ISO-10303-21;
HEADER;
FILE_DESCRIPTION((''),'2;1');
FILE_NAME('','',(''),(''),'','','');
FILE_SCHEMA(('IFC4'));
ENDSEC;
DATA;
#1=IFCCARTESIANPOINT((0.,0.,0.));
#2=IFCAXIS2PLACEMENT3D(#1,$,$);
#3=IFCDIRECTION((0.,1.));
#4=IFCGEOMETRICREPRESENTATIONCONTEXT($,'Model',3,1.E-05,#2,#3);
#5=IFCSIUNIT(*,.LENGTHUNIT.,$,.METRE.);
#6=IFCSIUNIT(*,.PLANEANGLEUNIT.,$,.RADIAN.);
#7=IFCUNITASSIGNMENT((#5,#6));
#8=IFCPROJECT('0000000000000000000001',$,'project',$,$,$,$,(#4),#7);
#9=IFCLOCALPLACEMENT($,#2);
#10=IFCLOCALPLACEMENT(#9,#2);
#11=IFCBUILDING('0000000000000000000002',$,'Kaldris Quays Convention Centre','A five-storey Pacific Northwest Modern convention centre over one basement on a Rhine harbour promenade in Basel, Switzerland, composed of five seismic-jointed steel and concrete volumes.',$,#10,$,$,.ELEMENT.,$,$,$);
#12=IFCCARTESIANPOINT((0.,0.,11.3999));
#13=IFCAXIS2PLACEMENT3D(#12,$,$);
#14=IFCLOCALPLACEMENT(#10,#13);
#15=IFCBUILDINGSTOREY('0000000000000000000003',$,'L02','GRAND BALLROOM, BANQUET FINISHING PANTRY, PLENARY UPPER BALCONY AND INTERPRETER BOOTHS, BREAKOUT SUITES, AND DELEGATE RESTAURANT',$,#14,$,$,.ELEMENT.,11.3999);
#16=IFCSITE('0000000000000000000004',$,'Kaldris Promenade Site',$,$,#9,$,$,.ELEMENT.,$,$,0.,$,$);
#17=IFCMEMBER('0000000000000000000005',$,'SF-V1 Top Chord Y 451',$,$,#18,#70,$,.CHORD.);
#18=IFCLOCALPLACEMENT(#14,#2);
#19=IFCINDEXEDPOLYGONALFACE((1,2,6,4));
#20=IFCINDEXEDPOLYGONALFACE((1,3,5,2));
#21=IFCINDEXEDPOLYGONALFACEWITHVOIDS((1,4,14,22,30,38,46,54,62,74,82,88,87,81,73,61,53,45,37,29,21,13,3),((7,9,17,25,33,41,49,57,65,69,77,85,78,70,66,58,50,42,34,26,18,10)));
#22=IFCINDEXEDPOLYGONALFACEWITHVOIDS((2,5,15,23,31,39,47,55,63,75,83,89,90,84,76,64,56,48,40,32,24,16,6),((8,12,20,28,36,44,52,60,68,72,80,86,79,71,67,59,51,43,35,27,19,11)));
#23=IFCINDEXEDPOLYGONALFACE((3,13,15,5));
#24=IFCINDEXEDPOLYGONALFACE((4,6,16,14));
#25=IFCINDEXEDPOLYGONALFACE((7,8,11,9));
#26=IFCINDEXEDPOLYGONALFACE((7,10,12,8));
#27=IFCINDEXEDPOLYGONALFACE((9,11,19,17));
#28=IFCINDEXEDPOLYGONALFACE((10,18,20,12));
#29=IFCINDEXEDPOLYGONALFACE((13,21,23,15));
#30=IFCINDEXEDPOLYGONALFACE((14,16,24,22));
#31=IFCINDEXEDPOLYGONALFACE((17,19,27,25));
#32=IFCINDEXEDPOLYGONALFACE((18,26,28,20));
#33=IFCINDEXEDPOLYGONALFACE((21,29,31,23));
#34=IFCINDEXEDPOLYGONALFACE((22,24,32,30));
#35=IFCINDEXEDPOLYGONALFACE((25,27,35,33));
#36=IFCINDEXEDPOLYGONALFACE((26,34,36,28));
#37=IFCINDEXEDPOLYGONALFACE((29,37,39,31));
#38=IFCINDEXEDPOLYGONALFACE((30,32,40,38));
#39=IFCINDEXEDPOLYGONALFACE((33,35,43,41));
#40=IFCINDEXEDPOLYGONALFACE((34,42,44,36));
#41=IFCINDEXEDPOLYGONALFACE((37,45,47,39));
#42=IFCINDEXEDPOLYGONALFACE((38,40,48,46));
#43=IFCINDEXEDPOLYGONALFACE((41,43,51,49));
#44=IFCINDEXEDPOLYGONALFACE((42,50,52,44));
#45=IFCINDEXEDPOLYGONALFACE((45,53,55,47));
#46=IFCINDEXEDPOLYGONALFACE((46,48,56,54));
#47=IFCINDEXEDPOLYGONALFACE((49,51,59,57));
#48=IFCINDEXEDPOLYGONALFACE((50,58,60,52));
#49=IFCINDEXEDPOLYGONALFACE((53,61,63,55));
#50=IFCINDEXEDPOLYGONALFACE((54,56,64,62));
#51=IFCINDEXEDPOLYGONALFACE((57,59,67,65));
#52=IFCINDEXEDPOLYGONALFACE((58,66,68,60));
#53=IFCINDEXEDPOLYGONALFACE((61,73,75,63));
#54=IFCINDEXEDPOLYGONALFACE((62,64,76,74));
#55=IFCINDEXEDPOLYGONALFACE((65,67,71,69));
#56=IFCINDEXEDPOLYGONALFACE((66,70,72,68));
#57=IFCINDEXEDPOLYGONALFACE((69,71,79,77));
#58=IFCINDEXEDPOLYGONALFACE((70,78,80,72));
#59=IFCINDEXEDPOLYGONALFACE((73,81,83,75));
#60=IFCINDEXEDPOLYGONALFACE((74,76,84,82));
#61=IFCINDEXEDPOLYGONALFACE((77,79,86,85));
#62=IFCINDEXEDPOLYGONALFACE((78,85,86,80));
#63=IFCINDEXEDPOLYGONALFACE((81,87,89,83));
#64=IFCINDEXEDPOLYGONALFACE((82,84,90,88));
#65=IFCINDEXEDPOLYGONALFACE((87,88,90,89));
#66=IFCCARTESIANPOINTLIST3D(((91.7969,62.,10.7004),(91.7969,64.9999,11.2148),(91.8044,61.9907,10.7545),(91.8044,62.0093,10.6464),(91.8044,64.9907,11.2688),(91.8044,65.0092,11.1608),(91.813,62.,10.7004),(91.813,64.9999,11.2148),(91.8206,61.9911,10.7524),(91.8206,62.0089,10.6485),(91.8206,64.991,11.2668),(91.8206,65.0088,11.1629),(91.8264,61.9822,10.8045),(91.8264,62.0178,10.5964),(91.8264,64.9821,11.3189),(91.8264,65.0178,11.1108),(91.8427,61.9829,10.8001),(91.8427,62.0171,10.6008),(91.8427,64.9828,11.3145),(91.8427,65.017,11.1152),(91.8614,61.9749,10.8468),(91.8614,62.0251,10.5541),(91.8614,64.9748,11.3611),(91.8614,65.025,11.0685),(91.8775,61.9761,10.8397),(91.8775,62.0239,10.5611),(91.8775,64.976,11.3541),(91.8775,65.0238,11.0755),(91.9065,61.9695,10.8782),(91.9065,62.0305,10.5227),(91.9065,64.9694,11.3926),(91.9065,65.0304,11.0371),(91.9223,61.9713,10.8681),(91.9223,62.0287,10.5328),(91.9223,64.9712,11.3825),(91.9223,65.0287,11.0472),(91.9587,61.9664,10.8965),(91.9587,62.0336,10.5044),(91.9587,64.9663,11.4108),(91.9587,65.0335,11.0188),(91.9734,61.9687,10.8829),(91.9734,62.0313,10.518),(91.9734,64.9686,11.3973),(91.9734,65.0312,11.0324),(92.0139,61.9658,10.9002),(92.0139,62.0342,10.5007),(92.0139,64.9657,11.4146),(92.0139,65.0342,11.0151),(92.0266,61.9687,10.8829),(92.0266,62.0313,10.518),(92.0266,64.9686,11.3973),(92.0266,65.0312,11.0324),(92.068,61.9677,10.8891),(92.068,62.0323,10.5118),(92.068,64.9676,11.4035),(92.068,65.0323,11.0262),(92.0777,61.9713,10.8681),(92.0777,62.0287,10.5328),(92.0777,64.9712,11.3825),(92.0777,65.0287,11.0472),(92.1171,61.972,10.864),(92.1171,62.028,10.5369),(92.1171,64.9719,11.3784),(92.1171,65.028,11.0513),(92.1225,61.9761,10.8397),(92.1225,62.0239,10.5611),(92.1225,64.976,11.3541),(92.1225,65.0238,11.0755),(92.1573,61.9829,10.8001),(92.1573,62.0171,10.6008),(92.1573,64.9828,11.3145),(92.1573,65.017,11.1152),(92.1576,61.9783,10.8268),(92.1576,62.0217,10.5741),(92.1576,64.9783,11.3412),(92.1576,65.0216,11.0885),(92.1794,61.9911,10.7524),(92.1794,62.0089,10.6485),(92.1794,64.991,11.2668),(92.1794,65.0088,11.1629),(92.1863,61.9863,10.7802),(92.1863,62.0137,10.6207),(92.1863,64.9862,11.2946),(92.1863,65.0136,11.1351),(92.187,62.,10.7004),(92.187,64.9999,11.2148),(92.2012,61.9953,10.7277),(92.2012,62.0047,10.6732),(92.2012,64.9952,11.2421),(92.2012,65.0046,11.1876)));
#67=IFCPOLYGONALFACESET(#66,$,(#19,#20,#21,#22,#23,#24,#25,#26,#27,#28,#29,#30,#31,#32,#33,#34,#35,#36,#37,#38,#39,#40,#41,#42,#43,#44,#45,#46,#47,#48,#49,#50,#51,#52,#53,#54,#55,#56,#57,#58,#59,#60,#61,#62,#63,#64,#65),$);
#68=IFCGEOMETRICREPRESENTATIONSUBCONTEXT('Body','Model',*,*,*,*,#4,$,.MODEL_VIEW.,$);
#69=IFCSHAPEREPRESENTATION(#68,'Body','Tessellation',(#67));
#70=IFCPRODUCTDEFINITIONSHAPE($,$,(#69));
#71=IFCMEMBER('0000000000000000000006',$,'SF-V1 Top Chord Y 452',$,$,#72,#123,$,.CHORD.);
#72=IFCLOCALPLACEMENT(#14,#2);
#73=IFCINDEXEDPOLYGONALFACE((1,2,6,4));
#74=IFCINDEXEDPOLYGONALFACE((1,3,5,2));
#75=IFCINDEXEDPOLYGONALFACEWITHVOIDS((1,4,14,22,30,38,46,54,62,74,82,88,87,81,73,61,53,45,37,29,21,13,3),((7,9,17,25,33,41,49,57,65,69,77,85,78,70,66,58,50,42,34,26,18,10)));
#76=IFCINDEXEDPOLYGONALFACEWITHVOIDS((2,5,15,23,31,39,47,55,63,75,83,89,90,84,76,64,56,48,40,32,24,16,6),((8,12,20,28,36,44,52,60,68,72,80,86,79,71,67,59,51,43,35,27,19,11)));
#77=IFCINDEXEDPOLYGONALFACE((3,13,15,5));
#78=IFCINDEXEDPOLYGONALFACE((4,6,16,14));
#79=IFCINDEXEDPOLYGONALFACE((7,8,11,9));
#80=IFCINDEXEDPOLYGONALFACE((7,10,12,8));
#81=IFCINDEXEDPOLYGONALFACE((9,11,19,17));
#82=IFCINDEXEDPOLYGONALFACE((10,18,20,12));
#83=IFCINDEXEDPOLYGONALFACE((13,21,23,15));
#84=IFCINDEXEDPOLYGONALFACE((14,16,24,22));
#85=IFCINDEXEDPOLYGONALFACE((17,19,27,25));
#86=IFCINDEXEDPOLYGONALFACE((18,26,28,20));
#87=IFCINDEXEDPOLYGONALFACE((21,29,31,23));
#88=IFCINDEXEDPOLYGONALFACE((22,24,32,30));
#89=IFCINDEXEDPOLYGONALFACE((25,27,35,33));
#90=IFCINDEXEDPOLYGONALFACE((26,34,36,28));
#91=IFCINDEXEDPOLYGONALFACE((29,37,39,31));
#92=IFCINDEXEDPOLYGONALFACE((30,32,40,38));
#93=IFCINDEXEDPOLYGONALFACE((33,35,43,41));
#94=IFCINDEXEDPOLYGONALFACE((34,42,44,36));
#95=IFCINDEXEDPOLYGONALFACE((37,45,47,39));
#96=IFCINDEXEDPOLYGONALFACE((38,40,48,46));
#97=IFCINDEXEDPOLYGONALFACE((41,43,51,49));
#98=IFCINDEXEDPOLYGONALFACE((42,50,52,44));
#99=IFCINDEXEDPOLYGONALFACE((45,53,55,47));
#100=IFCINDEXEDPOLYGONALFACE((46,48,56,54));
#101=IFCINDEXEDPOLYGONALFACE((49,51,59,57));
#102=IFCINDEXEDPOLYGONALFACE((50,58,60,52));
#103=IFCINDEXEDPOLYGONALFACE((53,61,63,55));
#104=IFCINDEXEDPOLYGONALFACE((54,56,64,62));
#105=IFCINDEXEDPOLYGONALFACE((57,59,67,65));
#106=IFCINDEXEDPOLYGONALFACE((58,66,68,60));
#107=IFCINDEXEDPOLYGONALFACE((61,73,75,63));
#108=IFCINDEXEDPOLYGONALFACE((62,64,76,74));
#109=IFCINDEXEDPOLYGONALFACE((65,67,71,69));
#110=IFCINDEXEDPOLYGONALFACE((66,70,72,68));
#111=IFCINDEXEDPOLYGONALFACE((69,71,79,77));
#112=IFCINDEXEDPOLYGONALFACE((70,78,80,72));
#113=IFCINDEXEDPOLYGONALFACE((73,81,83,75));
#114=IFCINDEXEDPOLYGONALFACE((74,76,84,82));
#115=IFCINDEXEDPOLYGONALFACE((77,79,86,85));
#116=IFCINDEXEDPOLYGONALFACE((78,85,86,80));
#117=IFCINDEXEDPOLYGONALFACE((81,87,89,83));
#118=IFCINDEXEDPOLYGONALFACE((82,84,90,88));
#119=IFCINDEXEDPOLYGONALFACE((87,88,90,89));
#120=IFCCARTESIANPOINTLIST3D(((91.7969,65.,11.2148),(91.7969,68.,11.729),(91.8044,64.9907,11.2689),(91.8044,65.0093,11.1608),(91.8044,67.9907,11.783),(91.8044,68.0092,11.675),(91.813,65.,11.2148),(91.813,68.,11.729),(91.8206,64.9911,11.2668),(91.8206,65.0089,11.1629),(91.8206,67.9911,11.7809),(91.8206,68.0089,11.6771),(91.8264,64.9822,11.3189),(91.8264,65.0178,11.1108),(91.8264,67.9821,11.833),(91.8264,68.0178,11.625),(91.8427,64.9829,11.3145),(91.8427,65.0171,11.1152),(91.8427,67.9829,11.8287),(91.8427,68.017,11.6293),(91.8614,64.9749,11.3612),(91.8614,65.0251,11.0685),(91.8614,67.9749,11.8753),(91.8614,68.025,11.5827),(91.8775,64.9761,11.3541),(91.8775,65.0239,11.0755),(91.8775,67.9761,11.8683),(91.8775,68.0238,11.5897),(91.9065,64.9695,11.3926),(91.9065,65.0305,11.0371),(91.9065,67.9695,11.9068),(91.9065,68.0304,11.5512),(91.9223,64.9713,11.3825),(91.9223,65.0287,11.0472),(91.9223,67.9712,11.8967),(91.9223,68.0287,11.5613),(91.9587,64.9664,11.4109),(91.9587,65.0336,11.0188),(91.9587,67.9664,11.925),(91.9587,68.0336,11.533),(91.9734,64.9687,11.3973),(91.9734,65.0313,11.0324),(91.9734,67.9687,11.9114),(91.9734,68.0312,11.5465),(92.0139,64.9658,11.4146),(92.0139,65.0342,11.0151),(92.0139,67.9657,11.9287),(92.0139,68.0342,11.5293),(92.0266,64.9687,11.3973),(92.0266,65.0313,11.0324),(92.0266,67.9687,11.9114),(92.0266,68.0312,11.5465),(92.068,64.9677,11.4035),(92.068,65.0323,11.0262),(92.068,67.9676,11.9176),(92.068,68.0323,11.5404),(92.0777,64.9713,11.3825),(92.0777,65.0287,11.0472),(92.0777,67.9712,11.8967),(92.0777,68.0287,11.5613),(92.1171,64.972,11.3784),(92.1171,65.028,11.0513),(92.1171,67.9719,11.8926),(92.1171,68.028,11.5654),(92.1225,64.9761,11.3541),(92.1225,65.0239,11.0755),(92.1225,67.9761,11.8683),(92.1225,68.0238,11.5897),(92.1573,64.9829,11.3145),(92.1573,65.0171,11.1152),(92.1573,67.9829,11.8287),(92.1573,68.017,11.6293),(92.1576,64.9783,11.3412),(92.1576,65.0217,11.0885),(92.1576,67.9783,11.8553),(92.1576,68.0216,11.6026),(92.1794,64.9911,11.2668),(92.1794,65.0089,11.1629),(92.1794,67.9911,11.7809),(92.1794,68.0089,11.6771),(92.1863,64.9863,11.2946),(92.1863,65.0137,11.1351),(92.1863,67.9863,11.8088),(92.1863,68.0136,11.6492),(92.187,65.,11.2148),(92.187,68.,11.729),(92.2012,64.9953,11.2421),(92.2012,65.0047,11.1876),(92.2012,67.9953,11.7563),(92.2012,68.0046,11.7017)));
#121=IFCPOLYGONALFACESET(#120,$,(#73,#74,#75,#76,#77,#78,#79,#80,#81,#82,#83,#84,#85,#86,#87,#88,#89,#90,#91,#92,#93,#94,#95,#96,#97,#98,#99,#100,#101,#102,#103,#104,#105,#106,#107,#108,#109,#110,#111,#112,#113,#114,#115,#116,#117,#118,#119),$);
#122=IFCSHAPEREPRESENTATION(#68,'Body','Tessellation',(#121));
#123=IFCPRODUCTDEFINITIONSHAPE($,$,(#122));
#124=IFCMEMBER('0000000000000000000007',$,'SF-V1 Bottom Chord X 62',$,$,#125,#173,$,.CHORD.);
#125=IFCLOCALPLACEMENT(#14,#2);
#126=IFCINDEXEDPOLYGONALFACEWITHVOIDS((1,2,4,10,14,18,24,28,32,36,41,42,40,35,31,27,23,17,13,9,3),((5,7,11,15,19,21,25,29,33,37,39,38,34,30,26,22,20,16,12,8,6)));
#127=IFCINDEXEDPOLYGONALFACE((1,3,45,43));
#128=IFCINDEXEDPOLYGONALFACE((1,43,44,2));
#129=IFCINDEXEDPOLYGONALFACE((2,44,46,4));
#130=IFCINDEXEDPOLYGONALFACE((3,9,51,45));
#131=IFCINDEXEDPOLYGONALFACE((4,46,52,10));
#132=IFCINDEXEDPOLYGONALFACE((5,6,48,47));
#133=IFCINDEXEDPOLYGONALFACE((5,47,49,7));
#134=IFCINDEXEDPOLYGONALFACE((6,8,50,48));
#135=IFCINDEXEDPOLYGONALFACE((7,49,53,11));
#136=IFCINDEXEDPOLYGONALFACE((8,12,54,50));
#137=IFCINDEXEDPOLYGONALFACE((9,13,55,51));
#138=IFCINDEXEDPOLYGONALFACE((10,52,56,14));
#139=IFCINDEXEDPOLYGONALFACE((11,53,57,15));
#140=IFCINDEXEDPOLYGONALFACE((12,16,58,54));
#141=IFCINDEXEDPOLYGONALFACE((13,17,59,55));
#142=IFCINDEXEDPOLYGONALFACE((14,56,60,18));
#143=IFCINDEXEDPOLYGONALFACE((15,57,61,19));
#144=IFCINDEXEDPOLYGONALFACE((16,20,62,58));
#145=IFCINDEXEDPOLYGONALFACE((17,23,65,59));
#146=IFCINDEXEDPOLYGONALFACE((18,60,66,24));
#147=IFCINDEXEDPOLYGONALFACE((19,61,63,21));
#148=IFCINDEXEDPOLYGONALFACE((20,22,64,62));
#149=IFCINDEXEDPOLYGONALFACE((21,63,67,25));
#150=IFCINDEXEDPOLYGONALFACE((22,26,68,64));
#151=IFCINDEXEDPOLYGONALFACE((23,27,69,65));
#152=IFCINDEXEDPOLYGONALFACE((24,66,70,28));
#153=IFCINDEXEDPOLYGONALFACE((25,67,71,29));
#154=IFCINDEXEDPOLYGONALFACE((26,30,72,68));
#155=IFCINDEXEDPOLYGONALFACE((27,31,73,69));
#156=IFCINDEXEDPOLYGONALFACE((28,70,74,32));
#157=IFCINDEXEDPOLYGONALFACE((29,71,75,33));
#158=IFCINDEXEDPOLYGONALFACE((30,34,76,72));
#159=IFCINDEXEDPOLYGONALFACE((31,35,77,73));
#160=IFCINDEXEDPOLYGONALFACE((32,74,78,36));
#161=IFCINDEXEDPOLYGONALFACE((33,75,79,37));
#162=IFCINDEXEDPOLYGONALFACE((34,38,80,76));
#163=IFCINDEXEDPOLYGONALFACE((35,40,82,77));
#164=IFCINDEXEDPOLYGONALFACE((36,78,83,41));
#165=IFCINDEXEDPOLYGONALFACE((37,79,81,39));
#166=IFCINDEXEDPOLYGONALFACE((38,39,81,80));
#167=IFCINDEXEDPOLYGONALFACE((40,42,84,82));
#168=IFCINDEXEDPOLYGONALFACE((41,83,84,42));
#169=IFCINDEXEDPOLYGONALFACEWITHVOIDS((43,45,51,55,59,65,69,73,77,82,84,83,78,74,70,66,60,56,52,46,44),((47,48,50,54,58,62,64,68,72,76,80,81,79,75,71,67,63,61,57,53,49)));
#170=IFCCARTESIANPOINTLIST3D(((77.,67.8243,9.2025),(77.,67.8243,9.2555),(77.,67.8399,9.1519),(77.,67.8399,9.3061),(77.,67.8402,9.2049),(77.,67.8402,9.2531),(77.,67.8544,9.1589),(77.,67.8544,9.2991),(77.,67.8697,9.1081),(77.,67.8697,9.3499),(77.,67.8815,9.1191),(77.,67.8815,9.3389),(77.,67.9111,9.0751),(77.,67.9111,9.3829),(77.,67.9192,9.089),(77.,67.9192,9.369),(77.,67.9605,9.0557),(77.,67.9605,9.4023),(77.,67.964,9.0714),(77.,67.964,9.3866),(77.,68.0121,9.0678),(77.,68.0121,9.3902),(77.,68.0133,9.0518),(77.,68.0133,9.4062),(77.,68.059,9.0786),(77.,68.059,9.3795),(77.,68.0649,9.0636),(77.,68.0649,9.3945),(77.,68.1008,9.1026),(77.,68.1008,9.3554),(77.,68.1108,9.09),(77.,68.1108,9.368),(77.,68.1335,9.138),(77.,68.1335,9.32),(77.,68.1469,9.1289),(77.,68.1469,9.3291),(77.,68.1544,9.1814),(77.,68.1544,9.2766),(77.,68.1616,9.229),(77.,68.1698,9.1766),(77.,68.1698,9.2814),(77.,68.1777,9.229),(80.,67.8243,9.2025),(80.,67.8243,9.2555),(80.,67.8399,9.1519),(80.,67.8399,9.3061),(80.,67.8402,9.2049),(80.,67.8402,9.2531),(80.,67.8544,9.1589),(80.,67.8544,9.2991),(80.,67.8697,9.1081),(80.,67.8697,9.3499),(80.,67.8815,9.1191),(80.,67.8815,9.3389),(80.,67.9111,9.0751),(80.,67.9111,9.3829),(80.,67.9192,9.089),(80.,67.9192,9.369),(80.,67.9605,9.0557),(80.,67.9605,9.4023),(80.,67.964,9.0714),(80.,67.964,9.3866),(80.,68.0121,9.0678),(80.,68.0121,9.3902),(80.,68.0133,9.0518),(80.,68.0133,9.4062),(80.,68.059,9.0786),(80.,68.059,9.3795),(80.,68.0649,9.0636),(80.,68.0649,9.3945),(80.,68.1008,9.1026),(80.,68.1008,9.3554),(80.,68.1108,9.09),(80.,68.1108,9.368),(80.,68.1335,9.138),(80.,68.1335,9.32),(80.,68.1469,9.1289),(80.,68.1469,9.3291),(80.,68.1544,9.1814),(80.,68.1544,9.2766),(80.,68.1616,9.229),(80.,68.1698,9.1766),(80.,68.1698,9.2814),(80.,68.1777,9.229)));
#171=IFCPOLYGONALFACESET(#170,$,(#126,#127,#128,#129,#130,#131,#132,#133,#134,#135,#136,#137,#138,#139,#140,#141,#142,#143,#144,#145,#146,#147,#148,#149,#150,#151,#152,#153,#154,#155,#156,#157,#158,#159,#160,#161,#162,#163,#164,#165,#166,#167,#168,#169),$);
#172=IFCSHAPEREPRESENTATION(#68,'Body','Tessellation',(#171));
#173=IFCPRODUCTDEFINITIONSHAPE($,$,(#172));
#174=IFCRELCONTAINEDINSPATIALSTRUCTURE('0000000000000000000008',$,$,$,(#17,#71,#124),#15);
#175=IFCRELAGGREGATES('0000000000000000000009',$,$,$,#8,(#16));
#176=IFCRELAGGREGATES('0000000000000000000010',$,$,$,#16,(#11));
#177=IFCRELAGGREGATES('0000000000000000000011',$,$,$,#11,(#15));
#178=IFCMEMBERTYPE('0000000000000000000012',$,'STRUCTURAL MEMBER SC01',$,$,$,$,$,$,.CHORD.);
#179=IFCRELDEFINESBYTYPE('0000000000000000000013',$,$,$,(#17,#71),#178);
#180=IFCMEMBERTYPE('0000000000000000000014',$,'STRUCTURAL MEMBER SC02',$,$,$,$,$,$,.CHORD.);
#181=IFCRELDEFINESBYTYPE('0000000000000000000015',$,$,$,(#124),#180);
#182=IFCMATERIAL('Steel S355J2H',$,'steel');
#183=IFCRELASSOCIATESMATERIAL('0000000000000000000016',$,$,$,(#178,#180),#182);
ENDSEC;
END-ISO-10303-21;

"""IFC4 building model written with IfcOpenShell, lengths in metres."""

from ifc_helpers import new_model, si_unit, direction, frame, origin, origin_2d, place, context, subcontext, project, spatial, hollow_circle, extrude, material, material_profile, profile_set, type_object, element, save


model = new_model("IFC4")

# Units and contexts
model_context = context("Model", 3, precision=1e-05, world=origin(), true_north=direction((0.0, 1.0)))
body_context = subcontext(model_context, "Body", "Model", "MODEL_VIEW")
ifc_project = project(units=[si_unit("LENGTHUNIT", "METRE"), si_unit("PLANEANGLEUNIT", "RADIAN")], contexts=[model_context])

# Site, building, storey
site_placement = place(None, origin())
site = spatial("IfcSite", under=ifc_project, at=site_placement, Name="Kaldris Promenade Site", CompositionType="ELEMENT", RefElevation=0.0)
building_placement = place(site_placement, origin())
building = spatial("IfcBuilding", under=site, at=building_placement, Name="Kaldris Quays Convention Centre", Description="A five-storey Pacific Northwest Modern convention centre over one basement on a Rhine harbour promenade in Basel, Switzerland, composed of five seismic-jointed steel and concrete volumes.", CompositionType="ELEMENT")
storey_placement = place(building_placement, frame((0.0, 0.0, 11.3999)))
storey = spatial("IfcBuildingStorey", under=building, at=storey_placement, Name="L02", Description="GRAND BALLROOM, BANQUET FINISHING PANTRY, PLENARY UPPER BALCONY AND INTERPRETER BOOTHS, BREAKOUT SUITES, AND DELEGATE RESTAURANT", CompositionType="ELEMENT", Elevation=11.3999)

# Members
ifc_material_1 = material(Name="Steel S355J2H", Category="steel")
ifc_material_profile_1 = material_profile(ifc_material_1, hollow_circle(Radius=0.2031, WallThickness=0.0161, at=origin_2d()), Name="CHS 406.4x16")
ifc_profile_set_1 = profile_set([ifc_material_profile_1], Name="Steel S355J2H")
member_type_1 = type_object("IfcMemberType", Name="STRUCTURAL MEMBER SC01", PredefinedType="CHORD", material=ifc_profile_set_1)
for number, where, z_axis, x_axis, name in (
    (1, (92.0, 62.0, 10.7004), (0.0, 0.985616, 0.169002), (-1.0, 0.0, 0.0), "SF-V1 Top Chord Y 451"),
    (2, (92.0, 65.0, 11.2148), (0.0, 0.985629, 0.168924), (-1.0, 0.0, 0.0), "SF-V1 Top Chord Y 452"),
):
    element("IfcMember", number, at=place(storey_placement, frame(where, z_axis=z_axis, x_axis=x_axis)), inside=storey, type_object=member_type_1, Name=name, PredefinedType="CHORD", context=body_context, shape_type="SweptSolid", body=[
        extrude(hollow_circle(Radius=0.2031, WallThickness=0.0161, at=origin_2d()), origin(), (0.0, 0.0, 1.0), 3.0437),
    ])
ifc_material_profile_2 = material_profile(ifc_material_1, hollow_circle(Radius=0.1777, WallThickness=0.0161, at=origin_2d()), Name="CHS 355.6x16")
ifc_profile_set_2 = profile_set([ifc_material_profile_2], Name="Steel S355J2H")
member_type_2 = type_object("IfcMemberType", Name="STRUCTURAL MEMBER SC02", PredefinedType="CHORD", material=ifc_profile_set_2)
for number, where, z_axis, x_axis, name in (
    (3, (77.0, 68.0, 9.229), (1.0, 0.0, 0.0), (0.0, 1.0, 0.0), "SF-V1 Bottom Chord X 62"),
):
    element("IfcMember", number, at=place(storey_placement, frame(where, z_axis=z_axis, x_axis=x_axis)), inside=storey, type_object=member_type_2, Name=name, PredefinedType="CHORD", context=body_context, shape_type="SweptSolid", body=[
        extrude(hollow_circle(Radius=0.1777, WallThickness=0.0161, at=origin_2d()), origin(), (0.0, 0.0, 1.0), 3.0),
    ])

save(model, "model.ifc")
